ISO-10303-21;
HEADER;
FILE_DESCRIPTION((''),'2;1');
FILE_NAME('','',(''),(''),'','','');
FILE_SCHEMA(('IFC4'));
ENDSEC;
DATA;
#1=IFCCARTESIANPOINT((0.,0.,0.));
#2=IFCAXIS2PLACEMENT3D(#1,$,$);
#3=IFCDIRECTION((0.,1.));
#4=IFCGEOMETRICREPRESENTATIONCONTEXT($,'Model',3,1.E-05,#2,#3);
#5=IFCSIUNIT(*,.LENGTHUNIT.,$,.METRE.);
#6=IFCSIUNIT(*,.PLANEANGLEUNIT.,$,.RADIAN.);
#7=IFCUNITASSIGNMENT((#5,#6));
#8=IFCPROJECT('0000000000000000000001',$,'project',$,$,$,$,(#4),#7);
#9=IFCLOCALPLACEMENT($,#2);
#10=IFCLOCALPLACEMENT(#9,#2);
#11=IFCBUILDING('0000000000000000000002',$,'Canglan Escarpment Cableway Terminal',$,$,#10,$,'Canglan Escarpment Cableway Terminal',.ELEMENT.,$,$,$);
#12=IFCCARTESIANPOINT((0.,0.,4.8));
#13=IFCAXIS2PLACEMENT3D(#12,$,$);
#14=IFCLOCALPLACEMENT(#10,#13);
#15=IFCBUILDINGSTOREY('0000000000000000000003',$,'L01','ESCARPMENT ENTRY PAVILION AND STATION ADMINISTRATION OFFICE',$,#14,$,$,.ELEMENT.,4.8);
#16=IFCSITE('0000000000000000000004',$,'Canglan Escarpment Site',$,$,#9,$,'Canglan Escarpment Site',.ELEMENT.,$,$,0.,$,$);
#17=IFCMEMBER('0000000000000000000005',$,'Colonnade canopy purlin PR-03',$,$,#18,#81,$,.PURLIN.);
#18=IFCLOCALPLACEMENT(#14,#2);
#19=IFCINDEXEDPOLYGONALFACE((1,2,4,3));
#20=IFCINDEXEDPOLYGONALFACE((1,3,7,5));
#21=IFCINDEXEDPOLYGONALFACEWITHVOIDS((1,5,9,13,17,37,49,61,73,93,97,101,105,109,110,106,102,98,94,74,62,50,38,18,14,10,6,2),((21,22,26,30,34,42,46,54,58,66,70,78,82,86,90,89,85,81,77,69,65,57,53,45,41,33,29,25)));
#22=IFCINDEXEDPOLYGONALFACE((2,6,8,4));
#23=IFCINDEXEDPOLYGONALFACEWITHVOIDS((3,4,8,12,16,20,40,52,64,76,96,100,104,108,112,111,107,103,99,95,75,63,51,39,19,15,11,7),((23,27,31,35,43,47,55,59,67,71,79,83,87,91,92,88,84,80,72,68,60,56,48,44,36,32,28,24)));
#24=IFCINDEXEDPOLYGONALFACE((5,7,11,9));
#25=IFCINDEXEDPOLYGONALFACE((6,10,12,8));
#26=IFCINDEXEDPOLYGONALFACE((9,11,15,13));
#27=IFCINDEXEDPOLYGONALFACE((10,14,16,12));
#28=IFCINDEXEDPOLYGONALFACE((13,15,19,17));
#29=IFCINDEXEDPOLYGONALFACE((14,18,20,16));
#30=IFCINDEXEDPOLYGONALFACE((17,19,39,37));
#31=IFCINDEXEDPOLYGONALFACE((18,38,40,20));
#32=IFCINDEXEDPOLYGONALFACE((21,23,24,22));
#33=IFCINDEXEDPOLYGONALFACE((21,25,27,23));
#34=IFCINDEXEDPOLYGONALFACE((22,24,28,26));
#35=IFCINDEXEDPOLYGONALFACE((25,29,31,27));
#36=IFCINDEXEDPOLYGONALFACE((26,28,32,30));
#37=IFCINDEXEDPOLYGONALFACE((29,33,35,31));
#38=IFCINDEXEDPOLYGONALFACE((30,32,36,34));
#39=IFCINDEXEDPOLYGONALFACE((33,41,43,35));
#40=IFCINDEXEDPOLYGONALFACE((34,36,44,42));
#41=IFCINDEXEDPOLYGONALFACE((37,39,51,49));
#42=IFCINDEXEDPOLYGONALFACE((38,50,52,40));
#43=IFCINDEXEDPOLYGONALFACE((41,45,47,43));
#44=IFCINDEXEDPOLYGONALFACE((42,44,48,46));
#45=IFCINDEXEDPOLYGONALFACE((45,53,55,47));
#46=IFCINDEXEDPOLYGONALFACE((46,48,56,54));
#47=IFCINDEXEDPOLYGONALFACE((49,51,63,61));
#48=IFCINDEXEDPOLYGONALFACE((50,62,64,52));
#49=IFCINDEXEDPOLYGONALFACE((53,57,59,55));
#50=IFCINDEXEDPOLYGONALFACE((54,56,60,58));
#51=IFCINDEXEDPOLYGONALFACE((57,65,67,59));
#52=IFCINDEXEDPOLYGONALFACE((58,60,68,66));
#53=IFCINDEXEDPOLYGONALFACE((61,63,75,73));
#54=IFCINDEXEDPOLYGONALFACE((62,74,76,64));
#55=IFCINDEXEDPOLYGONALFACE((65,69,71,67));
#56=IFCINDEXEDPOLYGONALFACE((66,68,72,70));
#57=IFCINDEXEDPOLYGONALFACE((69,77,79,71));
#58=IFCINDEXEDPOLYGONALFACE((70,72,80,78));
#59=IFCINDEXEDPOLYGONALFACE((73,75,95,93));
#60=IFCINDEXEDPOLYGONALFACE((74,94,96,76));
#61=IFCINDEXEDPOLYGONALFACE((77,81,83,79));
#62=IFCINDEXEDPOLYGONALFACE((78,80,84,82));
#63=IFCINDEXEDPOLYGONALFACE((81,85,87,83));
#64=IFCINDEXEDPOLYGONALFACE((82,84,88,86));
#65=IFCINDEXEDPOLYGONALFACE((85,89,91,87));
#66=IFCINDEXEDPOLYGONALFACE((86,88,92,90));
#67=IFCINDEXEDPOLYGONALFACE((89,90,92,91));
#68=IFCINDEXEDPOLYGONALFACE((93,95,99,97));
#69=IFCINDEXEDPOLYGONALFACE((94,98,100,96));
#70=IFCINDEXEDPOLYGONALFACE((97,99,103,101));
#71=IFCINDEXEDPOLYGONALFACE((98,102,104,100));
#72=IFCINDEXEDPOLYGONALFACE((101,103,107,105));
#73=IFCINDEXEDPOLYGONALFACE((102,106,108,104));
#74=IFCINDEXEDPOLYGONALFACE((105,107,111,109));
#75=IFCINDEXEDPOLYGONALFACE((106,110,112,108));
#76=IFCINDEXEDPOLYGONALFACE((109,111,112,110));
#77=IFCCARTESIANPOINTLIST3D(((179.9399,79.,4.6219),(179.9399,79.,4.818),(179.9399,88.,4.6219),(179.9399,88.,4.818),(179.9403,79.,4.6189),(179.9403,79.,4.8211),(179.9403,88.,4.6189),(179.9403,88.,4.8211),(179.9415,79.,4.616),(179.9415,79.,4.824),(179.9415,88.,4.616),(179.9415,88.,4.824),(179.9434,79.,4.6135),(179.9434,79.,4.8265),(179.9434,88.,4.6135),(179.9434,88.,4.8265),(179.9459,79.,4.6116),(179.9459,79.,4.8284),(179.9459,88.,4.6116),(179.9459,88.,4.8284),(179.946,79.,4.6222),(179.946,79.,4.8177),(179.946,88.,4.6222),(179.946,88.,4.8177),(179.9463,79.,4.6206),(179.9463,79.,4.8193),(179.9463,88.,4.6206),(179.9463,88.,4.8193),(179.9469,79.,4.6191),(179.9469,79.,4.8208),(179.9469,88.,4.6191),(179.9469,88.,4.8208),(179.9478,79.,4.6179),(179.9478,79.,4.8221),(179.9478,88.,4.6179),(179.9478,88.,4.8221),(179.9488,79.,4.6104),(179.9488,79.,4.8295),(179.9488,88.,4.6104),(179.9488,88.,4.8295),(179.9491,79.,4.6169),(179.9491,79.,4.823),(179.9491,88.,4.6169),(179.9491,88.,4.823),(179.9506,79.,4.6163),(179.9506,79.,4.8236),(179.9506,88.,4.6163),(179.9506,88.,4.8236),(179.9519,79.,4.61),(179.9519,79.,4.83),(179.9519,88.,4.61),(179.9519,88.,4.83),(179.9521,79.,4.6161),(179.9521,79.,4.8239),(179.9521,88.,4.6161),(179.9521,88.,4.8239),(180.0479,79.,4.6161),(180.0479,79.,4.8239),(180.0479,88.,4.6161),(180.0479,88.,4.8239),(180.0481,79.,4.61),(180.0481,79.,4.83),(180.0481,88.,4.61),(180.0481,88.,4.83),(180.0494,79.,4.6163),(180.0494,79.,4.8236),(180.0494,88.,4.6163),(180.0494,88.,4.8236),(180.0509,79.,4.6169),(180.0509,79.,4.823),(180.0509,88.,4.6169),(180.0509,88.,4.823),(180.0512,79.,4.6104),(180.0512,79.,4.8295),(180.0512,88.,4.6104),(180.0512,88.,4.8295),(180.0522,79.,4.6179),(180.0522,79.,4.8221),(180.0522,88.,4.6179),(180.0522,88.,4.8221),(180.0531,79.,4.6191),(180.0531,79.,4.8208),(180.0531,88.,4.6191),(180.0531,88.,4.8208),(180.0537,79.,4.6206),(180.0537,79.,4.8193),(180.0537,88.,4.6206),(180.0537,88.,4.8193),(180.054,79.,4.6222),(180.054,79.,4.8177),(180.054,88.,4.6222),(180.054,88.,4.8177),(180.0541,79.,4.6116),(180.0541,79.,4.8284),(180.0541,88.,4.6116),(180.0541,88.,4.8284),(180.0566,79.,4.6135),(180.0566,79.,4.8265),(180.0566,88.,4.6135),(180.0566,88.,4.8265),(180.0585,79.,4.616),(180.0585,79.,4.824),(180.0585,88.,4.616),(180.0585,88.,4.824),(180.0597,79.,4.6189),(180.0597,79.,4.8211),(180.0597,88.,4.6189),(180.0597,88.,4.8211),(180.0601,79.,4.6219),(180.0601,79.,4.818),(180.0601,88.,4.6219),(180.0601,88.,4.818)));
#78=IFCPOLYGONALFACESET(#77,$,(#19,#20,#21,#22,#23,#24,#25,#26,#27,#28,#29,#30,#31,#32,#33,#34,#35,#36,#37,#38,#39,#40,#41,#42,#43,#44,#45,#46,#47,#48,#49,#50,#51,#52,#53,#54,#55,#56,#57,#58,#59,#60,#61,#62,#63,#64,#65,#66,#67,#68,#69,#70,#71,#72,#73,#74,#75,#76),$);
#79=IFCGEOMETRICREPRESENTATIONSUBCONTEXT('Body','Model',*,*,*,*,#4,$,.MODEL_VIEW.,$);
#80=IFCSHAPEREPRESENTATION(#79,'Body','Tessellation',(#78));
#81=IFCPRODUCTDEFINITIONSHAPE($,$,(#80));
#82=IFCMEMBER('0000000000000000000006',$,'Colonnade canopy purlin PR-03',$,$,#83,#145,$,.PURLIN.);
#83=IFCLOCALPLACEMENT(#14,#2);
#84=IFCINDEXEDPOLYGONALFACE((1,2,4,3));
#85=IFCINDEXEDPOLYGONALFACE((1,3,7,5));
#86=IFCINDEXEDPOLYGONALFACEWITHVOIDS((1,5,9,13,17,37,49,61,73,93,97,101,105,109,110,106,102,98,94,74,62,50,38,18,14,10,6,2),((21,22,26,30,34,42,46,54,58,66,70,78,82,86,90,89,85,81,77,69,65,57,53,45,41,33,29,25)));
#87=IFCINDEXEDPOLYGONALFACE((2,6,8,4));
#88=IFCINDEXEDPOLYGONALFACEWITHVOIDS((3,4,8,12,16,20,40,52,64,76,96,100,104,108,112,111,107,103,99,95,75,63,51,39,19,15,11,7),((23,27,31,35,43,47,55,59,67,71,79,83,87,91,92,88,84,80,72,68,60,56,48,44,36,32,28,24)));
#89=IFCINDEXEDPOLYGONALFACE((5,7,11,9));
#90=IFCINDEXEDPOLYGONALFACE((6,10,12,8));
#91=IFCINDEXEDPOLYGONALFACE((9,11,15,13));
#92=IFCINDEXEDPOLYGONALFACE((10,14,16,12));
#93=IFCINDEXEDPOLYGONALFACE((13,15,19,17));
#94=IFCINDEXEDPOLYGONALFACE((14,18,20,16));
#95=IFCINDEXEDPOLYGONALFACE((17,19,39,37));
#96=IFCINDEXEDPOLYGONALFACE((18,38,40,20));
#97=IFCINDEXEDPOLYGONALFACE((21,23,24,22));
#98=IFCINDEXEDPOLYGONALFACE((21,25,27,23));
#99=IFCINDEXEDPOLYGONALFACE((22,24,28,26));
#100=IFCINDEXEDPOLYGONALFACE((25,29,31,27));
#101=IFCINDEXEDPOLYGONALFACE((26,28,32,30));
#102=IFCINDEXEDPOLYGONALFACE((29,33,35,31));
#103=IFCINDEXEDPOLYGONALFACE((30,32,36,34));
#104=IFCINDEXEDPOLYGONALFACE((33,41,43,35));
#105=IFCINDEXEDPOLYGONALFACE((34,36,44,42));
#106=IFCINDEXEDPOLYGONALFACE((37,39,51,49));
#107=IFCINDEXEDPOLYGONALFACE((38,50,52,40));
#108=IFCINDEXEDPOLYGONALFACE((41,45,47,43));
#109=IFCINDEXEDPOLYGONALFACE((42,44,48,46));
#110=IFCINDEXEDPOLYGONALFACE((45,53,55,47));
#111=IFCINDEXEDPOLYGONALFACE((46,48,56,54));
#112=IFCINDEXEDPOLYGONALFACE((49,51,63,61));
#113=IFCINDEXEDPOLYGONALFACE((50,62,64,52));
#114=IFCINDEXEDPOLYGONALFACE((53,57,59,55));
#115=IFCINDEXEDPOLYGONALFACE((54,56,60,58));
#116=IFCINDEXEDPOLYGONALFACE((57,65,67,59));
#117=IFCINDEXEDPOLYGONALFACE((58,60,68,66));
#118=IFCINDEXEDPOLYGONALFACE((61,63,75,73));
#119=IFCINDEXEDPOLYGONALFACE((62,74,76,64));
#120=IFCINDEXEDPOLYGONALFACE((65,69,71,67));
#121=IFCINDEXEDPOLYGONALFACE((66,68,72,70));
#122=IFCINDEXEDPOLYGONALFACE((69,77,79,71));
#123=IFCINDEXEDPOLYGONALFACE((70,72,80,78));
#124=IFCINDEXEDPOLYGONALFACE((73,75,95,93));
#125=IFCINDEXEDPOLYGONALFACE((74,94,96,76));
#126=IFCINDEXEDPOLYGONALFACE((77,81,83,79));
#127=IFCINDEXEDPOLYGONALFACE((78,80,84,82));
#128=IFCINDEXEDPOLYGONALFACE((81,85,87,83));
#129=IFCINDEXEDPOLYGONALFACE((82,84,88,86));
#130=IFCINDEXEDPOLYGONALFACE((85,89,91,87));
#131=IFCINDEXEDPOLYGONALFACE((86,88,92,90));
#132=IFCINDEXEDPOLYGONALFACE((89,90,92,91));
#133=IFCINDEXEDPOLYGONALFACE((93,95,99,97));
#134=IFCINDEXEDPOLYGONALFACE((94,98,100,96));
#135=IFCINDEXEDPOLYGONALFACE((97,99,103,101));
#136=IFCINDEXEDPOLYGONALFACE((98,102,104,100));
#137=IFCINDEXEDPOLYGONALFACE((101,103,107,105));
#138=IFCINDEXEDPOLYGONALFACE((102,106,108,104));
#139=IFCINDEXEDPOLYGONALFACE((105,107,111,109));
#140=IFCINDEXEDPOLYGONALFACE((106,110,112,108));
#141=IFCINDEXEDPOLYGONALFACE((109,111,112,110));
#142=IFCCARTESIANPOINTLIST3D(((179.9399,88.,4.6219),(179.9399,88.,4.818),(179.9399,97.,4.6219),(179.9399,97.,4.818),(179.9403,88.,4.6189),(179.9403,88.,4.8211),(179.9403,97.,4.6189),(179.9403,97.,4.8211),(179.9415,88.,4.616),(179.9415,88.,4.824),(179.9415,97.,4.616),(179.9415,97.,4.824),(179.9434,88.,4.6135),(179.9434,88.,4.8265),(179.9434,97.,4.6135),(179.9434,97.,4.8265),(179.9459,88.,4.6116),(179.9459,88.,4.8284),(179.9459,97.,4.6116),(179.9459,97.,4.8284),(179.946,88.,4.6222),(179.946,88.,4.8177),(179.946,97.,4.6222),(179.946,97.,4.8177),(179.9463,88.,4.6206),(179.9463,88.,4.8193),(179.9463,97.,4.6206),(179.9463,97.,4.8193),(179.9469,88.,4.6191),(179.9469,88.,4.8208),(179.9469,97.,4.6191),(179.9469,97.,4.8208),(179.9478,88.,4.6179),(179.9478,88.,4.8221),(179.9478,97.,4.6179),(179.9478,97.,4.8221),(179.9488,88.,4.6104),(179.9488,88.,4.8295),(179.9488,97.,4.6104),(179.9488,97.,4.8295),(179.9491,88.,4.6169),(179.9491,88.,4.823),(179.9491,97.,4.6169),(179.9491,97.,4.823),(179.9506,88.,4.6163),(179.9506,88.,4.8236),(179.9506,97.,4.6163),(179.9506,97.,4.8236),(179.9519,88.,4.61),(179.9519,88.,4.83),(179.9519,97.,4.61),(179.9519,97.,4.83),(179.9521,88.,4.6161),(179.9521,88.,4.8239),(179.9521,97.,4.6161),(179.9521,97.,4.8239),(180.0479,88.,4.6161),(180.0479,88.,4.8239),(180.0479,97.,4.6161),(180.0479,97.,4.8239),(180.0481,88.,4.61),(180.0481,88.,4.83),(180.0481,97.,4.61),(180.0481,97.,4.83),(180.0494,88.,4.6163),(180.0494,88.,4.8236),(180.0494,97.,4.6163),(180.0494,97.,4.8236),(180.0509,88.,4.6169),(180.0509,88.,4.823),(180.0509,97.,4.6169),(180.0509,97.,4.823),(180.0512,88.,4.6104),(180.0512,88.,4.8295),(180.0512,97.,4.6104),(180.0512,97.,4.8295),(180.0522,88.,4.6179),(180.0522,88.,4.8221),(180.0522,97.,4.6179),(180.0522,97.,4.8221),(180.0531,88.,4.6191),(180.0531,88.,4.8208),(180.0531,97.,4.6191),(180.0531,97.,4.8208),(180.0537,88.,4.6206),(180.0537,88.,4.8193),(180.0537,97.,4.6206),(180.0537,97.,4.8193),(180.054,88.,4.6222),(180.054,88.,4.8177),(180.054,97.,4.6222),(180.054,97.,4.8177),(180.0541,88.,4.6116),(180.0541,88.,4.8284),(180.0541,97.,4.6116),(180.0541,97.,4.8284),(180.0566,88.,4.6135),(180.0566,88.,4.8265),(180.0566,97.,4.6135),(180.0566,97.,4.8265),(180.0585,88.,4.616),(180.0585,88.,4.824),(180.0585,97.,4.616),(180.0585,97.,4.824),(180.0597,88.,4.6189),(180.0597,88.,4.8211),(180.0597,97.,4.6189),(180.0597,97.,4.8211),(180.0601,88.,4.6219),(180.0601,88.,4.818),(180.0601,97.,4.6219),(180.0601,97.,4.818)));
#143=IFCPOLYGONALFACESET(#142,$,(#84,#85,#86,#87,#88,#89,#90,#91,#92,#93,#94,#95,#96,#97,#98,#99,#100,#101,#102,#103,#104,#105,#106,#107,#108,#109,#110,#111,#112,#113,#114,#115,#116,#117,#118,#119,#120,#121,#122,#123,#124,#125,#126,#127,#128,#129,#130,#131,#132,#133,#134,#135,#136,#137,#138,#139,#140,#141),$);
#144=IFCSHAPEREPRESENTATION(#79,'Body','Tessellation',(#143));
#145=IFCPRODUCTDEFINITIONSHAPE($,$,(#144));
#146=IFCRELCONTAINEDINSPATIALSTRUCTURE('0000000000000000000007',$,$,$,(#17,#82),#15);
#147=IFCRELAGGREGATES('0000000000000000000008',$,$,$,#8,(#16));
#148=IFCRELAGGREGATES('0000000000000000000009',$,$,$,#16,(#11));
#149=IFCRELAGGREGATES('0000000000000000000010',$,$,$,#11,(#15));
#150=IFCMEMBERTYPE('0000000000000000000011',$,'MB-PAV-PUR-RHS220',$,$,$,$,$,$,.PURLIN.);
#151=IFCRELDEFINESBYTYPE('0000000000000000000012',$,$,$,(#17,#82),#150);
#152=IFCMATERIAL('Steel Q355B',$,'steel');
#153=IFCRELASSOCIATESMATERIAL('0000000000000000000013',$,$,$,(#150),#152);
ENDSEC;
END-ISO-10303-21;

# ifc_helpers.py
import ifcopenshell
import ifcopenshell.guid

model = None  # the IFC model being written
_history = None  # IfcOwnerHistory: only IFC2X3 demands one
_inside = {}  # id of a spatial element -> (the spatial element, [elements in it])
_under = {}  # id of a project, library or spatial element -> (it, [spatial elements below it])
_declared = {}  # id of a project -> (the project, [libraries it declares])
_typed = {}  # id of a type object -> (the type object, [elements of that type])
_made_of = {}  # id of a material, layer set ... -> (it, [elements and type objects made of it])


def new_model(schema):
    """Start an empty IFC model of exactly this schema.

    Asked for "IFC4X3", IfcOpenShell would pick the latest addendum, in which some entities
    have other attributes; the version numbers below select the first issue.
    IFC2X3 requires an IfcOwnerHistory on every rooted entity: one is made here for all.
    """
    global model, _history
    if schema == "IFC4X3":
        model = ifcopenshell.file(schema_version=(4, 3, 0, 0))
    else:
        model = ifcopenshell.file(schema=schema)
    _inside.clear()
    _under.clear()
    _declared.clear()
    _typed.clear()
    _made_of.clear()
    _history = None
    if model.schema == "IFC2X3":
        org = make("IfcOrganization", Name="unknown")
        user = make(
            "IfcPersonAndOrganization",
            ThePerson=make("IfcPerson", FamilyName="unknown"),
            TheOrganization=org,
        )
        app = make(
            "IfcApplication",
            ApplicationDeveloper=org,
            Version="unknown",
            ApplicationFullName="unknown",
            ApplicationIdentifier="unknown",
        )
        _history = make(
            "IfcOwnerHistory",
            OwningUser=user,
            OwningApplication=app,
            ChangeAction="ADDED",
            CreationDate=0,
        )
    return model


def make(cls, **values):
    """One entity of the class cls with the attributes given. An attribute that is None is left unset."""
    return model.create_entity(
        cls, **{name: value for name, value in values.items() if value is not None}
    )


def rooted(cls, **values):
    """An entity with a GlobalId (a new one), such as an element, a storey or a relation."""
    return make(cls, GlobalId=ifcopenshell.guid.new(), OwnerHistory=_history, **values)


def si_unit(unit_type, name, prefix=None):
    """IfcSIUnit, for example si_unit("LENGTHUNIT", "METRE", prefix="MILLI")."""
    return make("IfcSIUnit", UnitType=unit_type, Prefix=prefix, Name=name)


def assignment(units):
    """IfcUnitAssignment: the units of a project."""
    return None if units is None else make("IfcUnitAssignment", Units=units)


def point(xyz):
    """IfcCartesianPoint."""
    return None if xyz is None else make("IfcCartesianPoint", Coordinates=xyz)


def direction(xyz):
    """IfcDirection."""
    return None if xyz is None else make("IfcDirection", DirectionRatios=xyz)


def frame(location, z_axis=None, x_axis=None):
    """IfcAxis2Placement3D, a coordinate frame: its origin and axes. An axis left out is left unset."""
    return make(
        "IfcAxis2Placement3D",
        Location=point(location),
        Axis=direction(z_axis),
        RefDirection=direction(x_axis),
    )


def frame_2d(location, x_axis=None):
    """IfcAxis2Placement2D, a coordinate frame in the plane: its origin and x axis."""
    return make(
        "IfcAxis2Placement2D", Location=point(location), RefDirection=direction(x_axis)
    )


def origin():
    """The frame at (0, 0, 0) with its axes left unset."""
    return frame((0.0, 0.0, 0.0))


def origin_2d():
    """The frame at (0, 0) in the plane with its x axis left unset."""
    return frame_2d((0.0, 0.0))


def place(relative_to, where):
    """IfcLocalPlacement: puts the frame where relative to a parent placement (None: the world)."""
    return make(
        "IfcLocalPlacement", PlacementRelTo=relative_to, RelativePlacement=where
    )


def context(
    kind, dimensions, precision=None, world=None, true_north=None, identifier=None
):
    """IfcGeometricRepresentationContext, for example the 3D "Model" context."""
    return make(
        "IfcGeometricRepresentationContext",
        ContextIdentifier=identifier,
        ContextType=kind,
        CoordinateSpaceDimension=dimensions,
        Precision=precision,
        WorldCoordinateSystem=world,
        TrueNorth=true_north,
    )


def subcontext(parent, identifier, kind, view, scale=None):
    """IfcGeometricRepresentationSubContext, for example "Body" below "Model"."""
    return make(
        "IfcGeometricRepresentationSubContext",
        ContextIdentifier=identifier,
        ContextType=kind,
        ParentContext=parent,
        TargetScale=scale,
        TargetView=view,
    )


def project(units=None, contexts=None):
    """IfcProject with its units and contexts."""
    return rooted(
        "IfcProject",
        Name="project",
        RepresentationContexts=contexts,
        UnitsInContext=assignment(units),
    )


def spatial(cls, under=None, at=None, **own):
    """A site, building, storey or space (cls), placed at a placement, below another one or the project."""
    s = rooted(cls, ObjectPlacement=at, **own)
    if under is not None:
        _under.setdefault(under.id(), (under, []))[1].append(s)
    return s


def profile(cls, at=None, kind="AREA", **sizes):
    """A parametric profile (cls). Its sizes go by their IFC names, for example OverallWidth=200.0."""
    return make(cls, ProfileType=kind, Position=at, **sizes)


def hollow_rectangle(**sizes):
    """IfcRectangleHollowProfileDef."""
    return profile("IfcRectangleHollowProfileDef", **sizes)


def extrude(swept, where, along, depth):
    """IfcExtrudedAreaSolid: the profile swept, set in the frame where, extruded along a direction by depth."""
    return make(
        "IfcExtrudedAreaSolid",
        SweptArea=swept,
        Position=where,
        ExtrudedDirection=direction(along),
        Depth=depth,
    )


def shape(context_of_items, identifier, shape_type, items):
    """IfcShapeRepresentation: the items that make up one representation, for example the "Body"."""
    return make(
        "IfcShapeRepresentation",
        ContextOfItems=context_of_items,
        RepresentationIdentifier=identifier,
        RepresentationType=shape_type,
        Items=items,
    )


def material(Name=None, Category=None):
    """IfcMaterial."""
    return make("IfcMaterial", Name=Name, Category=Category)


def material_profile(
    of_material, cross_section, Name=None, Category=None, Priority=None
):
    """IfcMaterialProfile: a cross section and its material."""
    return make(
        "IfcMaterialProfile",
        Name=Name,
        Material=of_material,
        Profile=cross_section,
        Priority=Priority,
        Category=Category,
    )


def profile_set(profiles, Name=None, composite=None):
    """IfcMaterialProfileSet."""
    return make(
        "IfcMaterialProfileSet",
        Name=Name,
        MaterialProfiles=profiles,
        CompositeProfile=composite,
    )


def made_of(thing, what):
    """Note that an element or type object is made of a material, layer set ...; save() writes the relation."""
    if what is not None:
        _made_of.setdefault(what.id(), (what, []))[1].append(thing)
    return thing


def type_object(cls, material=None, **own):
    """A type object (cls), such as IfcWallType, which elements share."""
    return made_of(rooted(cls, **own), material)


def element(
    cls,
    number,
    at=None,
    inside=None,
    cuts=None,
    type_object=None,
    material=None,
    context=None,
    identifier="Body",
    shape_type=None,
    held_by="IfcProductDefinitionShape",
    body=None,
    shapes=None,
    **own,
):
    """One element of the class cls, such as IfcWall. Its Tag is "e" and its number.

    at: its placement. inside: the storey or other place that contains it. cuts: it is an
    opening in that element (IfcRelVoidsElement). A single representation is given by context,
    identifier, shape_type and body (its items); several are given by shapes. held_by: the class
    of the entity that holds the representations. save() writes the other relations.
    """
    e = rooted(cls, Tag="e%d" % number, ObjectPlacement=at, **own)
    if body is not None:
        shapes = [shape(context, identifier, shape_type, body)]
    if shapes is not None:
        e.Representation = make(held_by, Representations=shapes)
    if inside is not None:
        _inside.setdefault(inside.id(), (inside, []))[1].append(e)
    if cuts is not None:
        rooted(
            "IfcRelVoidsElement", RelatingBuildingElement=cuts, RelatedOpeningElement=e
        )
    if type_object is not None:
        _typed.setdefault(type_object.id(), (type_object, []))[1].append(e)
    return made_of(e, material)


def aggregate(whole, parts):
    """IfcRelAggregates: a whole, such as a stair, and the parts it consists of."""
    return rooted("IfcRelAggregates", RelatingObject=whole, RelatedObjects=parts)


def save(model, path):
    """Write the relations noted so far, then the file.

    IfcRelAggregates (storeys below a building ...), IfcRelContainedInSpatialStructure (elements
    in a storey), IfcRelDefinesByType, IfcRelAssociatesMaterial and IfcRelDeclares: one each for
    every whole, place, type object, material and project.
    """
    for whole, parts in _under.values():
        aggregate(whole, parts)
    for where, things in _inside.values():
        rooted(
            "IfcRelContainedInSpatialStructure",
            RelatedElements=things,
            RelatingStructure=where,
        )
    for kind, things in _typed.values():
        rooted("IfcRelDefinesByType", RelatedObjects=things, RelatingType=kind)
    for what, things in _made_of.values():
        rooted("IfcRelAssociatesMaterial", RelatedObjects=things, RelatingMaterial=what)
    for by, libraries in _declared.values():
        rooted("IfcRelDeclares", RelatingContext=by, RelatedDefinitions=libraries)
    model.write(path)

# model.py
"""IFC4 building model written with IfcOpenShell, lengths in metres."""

from ifc_helpers import new_model, si_unit, direction, frame, origin, origin_2d, place, context, subcontext, project, spatial, hollow_rectangle, extrude, material, material_profile, profile_set, type_object, element, save


model = new_model("IFC4")

# Units and contexts
model_context = context("Model", 3, precision=1e-05, world=origin(), true_north=direction((0.0, 1.0)))
body_context = subcontext(model_context, "Body", "Model", "MODEL_VIEW")
ifc_project = project(units=[si_unit("LENGTHUNIT", "METRE"), si_unit("PLANEANGLEUNIT", "RADIAN")], contexts=[model_context])

# Site, building, storey
site_placement = place(None, origin())
site = spatial("IfcSite", under=ifc_project, at=site_placement, Name="Canglan Escarpment Site", LongName="Canglan Escarpment Site", CompositionType="ELEMENT", RefElevation=0.0)
building_placement = place(site_placement, origin())
building = spatial("IfcBuilding", under=site, at=building_placement, Name="Canglan Escarpment Cableway Terminal", LongName="Canglan Escarpment Cableway Terminal", CompositionType="ELEMENT")
storey_placement = place(building_placement, frame((0.0, 0.0, 4.8)))
storey = spatial("IfcBuildingStorey", under=building, at=storey_placement, Name="L01", Description="ESCARPMENT ENTRY PAVILION AND STATION ADMINISTRATION OFFICE", CompositionType="ELEMENT", Elevation=4.8)

# Shared definitions
ifc_material_1 = material(Name="Steel Q355B", Category="steel")

# Members
ifc_material_profile_1 = material_profile(ifc_material_1, hollow_rectangle(XDim=0.1201, YDim=0.22, WallThickness=0.0061, InnerFilletRadius=0.0061, OuterFilletRadius=0.012, at=origin_2d()), Name="RHS 220x120x6")
ifc_profile_set_1 = profile_set([ifc_material_profile_1], Name="Steel Q355B")
member_type_1 = type_object("IfcMemberType", Name="MB-PAV-PUR-RHS220", PredefinedType="PURLIN", material=ifc_profile_set_1)
for number, where, z_axis, x_axis, name in (
    (1, (180.0, 79.0, 4.72), (0.0, 1.0, 0.0), (-1.0, 0.0, 0.0), "Colonnade canopy purlin PR-03"),
    (2, (180.0, 88.0, 4.72), (0.0, 1.0, 0.0), (-1.0, 0.0, 0.0), "Colonnade canopy purlin PR-03"),
):
    element("IfcMember", number, at=place(storey_placement, frame(where, z_axis=z_axis, x_axis=x_axis)), inside=storey, type_object=member_type_1, Name=name, PredefinedType="PURLIN", context=body_context, shape_type="SweptSolid", body=[
        extrude(hollow_rectangle(XDim=0.1201, YDim=0.22, WallThickness=0.0061, InnerFilletRadius=0.0061, OuterFilletRadius=0.012, at=origin_2d()), origin(), (0.0, 0.0, 1.0), 9.0),
    ])

save(model, "model.ifc")
